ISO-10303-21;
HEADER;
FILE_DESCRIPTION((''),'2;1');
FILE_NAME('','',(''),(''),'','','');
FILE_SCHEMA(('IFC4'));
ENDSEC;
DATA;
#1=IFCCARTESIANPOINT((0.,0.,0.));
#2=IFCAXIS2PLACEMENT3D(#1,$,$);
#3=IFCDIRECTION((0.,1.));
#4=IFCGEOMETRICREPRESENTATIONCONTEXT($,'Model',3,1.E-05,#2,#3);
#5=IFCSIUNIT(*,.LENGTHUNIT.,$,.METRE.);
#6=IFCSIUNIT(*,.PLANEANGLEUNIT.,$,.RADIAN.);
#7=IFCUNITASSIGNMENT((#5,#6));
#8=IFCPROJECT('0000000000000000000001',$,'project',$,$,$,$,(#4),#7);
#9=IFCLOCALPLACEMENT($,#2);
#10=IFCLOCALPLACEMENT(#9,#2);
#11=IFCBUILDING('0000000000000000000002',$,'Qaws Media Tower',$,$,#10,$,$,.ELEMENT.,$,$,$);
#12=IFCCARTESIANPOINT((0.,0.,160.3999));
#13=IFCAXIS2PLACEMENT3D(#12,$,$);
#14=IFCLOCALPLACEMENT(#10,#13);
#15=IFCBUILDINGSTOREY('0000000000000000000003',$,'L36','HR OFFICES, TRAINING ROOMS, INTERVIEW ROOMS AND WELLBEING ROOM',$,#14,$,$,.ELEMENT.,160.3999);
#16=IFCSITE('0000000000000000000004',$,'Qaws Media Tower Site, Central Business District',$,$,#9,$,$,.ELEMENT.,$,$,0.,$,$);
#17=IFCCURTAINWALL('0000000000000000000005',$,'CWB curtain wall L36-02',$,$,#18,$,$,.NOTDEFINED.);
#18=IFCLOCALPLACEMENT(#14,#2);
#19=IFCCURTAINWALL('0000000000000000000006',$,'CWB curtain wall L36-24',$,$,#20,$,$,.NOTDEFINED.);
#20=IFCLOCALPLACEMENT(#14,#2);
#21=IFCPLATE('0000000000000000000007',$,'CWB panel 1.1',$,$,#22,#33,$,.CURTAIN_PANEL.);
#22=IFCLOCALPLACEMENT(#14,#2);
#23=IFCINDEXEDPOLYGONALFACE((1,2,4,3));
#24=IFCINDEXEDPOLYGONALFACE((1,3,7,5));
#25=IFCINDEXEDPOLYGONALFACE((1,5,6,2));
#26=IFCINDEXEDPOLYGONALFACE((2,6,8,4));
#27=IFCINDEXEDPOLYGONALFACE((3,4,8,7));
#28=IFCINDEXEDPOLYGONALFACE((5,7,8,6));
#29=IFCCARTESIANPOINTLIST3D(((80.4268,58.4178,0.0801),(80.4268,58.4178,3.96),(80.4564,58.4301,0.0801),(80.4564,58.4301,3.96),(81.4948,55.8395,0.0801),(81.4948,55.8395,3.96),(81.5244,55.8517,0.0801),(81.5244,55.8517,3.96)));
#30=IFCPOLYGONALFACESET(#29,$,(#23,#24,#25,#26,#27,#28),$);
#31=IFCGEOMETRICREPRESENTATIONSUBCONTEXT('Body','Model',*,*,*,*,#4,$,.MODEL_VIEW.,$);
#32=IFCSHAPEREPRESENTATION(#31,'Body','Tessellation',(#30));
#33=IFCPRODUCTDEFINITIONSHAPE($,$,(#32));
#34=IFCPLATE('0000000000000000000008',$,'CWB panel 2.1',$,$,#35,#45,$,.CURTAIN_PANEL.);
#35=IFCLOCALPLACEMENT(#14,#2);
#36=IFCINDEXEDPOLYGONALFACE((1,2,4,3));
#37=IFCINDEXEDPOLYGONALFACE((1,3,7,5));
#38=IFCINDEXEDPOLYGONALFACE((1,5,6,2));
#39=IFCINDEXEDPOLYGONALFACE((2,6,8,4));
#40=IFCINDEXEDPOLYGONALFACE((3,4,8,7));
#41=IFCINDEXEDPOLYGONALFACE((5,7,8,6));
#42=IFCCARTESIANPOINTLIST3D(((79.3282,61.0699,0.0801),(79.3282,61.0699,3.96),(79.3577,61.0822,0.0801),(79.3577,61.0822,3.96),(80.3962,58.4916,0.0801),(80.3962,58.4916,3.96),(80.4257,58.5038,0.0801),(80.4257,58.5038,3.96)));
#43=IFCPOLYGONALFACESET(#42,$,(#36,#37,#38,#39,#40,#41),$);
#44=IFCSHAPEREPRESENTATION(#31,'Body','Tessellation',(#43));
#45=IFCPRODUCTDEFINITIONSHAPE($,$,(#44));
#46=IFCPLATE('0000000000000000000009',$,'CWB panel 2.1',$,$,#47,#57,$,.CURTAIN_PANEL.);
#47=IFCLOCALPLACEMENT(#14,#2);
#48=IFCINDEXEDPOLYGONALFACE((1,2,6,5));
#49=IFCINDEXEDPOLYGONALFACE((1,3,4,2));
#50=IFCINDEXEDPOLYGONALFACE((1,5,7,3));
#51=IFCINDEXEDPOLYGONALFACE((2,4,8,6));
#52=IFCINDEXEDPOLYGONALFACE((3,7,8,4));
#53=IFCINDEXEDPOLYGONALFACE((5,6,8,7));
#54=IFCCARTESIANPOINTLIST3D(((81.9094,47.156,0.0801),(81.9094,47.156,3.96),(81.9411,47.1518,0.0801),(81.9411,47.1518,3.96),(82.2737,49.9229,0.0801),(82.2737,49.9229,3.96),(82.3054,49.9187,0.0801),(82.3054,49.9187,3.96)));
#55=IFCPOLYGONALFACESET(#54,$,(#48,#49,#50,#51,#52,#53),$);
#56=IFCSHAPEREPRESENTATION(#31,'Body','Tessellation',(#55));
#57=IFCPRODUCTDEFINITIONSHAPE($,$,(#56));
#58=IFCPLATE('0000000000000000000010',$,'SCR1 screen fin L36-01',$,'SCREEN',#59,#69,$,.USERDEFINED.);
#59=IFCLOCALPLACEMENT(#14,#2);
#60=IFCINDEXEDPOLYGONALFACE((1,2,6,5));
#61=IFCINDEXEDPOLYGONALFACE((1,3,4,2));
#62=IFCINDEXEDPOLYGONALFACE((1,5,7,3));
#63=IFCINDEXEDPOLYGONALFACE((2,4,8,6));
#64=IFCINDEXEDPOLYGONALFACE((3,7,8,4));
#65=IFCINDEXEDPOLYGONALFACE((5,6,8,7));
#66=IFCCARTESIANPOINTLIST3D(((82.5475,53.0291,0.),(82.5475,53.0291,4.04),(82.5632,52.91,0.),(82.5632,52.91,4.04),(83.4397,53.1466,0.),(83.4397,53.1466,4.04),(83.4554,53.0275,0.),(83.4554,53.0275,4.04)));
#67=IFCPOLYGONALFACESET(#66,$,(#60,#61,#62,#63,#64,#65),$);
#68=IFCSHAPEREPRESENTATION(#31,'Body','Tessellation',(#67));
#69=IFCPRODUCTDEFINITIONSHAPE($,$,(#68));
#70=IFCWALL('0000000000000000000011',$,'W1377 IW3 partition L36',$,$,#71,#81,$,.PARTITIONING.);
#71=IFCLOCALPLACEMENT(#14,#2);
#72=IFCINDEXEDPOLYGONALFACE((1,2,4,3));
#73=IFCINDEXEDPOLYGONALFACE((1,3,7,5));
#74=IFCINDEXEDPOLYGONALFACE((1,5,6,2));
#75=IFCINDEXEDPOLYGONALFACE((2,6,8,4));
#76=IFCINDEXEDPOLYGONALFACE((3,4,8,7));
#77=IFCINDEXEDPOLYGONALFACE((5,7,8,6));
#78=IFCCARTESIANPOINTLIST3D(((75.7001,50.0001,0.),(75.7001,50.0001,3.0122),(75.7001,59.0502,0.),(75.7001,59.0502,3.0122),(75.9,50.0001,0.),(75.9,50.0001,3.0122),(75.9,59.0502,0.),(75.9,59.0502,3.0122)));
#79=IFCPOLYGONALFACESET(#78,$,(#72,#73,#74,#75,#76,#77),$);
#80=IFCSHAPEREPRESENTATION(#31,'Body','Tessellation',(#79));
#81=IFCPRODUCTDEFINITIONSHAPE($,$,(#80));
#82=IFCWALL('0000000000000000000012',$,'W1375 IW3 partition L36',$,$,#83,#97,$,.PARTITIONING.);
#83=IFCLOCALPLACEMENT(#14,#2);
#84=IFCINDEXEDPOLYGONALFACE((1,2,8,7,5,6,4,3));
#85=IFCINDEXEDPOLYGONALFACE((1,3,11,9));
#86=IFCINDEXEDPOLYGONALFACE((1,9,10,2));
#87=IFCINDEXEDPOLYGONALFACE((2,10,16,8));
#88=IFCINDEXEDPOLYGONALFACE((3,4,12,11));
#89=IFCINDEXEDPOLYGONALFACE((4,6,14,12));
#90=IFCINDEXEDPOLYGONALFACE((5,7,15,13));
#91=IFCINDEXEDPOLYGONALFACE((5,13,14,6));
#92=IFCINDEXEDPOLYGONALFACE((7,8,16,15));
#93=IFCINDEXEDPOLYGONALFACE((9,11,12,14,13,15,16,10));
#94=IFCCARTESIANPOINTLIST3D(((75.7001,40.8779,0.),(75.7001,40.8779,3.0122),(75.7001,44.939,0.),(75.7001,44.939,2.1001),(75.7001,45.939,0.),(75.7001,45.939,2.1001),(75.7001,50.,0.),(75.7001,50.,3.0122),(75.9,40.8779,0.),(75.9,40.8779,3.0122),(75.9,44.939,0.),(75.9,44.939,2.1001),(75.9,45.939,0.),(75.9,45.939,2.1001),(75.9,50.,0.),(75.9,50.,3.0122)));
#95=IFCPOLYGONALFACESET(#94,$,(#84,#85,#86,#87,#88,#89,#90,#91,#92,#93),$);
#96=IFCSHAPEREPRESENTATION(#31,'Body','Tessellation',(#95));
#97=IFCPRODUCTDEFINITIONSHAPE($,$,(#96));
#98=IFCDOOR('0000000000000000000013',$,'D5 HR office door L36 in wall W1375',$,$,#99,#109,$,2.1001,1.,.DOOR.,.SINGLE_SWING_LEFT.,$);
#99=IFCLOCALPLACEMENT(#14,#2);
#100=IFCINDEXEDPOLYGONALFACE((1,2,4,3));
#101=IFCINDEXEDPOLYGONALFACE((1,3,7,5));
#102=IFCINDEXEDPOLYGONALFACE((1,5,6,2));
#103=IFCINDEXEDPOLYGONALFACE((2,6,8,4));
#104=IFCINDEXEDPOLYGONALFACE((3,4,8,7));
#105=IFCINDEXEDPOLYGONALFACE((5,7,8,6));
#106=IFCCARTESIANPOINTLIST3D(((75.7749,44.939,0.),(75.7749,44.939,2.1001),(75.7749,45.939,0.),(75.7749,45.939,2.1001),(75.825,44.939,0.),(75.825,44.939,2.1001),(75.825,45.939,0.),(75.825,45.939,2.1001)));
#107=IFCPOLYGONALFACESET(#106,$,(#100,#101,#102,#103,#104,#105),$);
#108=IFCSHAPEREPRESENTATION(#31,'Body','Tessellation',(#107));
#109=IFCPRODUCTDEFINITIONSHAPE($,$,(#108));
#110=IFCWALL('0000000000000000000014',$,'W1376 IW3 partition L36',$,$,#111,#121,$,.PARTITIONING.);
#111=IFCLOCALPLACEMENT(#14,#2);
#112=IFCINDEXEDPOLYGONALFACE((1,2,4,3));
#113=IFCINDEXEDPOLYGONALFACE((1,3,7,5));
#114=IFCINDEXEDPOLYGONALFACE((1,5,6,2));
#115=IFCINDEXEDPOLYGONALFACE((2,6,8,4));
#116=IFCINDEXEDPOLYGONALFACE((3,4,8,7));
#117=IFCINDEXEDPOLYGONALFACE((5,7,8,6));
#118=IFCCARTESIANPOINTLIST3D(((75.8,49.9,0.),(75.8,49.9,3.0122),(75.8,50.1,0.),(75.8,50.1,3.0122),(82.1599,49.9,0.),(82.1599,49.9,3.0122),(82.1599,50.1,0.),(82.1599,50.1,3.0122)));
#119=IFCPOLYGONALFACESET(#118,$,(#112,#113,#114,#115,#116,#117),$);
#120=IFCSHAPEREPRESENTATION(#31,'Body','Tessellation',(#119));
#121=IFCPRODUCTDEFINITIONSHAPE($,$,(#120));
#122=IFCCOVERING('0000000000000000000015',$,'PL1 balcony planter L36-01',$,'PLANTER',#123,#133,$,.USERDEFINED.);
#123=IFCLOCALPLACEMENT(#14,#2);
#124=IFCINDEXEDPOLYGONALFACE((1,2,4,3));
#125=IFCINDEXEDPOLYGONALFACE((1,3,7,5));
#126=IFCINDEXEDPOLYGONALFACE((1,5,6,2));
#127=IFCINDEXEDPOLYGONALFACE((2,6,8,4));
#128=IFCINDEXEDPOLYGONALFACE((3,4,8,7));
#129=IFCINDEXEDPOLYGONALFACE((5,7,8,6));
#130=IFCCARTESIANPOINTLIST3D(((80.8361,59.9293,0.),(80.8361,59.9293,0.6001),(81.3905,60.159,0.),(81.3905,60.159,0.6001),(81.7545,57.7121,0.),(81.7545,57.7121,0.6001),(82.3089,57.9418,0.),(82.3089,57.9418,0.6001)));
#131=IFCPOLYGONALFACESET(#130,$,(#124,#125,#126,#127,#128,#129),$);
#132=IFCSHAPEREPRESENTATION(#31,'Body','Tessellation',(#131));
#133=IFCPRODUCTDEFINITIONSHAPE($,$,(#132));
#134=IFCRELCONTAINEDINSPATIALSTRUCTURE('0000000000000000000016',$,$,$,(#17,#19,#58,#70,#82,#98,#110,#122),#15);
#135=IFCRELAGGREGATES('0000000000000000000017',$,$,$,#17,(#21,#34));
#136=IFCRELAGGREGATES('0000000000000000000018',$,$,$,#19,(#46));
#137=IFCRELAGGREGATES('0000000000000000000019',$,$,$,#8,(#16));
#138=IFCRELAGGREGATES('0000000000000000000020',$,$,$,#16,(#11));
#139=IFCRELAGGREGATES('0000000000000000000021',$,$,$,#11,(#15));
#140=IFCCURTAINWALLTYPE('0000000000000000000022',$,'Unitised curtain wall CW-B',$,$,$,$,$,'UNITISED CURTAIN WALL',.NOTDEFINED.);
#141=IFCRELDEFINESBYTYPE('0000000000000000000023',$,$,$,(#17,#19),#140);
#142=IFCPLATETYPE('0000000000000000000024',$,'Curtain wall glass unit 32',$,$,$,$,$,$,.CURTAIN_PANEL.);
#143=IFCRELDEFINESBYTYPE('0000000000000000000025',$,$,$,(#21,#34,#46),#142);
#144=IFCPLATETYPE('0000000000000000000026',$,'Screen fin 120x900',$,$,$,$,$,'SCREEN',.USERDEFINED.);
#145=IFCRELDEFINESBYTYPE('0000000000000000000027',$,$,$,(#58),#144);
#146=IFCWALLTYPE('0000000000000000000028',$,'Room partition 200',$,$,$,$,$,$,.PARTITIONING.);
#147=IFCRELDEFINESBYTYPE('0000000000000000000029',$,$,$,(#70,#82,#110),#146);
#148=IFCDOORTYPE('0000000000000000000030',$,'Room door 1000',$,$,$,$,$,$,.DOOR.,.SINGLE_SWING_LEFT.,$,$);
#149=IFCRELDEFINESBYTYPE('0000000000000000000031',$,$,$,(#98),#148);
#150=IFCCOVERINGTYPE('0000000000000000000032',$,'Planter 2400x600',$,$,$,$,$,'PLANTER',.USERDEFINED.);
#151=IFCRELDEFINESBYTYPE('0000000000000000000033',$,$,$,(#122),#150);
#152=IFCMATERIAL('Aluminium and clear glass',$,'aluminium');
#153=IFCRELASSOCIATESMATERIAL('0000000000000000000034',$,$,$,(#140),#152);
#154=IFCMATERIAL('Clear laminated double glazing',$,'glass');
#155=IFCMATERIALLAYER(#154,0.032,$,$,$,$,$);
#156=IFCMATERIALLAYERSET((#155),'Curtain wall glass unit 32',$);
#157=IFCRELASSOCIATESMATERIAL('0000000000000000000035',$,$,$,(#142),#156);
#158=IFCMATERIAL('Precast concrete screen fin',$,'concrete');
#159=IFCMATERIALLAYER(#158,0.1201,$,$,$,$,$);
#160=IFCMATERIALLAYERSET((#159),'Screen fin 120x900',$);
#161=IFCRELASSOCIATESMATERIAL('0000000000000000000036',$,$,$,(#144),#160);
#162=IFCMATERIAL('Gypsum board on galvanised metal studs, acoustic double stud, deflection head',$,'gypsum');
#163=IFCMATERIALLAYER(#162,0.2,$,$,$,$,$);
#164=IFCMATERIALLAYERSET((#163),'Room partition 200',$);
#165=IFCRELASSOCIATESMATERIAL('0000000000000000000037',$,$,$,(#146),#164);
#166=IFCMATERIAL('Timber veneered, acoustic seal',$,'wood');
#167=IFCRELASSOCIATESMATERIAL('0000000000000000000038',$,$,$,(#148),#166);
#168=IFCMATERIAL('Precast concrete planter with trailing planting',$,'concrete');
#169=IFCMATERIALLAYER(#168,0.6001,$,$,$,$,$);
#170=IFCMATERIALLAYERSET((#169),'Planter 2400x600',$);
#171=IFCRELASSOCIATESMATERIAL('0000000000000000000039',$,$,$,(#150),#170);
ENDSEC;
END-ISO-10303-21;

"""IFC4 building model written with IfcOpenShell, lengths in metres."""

from ifc_helpers import new_model, si_unit, direction, frame, frame_2d, origin, origin_2d, place, context, subcontext, project, spatial, rectangle, extrude, material, layer, layer_set, type_object, element, fill, aggregate, save


model = new_model("IFC4")

# Units and contexts
model_context = context("Model", 3, precision=1e-05, world=origin(), true_north=direction((0.0, 1.0)))
body_context = subcontext(model_context, "Body", "Model", "MODEL_VIEW")
ifc_project = project(units=[si_unit("LENGTHUNIT", "METRE"), si_unit("PLANEANGLEUNIT", "RADIAN")], contexts=[model_context])

# Site, building, storey
site_placement = place(None, origin())
site = spatial("IfcSite", under=ifc_project, at=site_placement, Name="Qaws Media Tower Site, Central Business District", CompositionType="ELEMENT", RefElevation=0.0)
building_placement = place(site_placement, origin())
building = spatial("IfcBuilding", under=site, at=building_placement, Name="Qaws Media Tower", CompositionType="ELEMENT")
storey_placement = place(building_placement, frame((0.0, 0.0, 160.3999)))
storey = spatial("IfcBuildingStorey", under=building, at=storey_placement, Name="L36", Description="HR OFFICES, TRAINING ROOMS, INTERVIEW ROOMS AND WELLBEING ROOM", CompositionType="ELEMENT", Elevation=160.3999)

# Curtain wall
ifc_material_1 = material(Name="Aluminium and clear glass", Category="aluminium")
curtain_wall_type = type_object("IfcCurtainWallType", Name="Unitised curtain wall CW-B", ElementType="UNITISED CURTAIN WALL", PredefinedType="NOTDEFINED", material=ifc_material_1)
curtain_wall_1_placement = place(storey_placement, origin())
curtain_wall_1 = element("IfcCurtainWall", 1, at=curtain_wall_1_placement, inside=storey, type_object=curtain_wall_type, Name="CWB curtain wall L36-02", PredefinedType="NOTDEFINED")

# Curtain wall
curtain_wall_2_placement = place(storey_placement, origin())
curtain_wall_2 = element("IfcCurtainWall", 2, at=curtain_wall_2_placement, inside=storey, type_object=curtain_wall_type, Name="CWB curtain wall L36-24", PredefinedType="NOTDEFINED")

# Plates
ifc_material_2 = material(Name="Clear laminated double glazing", Category="glass")
ifc_layer_1 = layer(ifc_material_2, 0.032)
ifc_layer_set_1 = layer_set([ifc_layer_1], Name="Curtain wall glass unit 32")
plate_type_1 = type_object("IfcPlateType", Name="Curtain wall glass unit 32", PredefinedType="CURTAIN_PANEL", material=ifc_layer_set_1)
plate_1_placement = place(storey_placement, frame((80.9756, 57.1348, 0.0801), z_axis=(0.0, 0.0, 1.0), x_axis=(-0.382683, 0.92388, 0.0)))
plate_1 = element("IfcPlate", 3, at=plate_1_placement, type_object=plate_type_1, Name="CWB panel 1.1", PredefinedType="CURTAIN_PANEL", context=body_context, shape_type="SweptSolid", body=[
    extrude(rectangle(XDim=2.7908, YDim=0.032, at=origin_2d()), origin(), (0.0, 0.0, 1.0), 3.8799),
])
plate_2_placement = place(storey_placement, frame((79.877, 59.7869, 0.0801), z_axis=(0.0, 0.0, 1.0), x_axis=(-0.382683, 0.92388, 0.0)))
plate_2 = element("IfcPlate", 4, at=plate_2_placement, type_object=plate_type_1, Name="CWB panel 2.1", PredefinedType="CURTAIN_PANEL", context=body_context, shape_type="SweptSolid", body=[
    extrude(rectangle(XDim=2.7908, YDim=0.032, at=origin_2d()), origin(), (0.0, 0.0, 1.0), 3.8799),
])
aggregate(curtain_wall_1, [plate_1, plate_2])
plate_3_placement = place(storey_placement, frame((82.1074, 48.5374, 0.0801), z_axis=(0.0, 0.0, 1.0), x_axis=(0.130526, 0.991445, 0.0)))
plate_3 = element("IfcPlate", 5, at=plate_3_placement, type_object=plate_type_1, Name="CWB panel 2.1", PredefinedType="CURTAIN_PANEL", context=body_context, shape_type="SweptSolid", body=[
    extrude(rectangle(XDim=2.7908, YDim=0.032, at=origin_2d()), origin(), (0.0, 0.0, 1.0), 3.8799),
])
aggregate(curtain_wall_2, [plate_3])
ifc_material_3 = material(Name="Precast concrete screen fin", Category="concrete")
ifc_layer_2 = layer(ifc_material_3, 0.1201)
ifc_layer_set_2 = layer_set([ifc_layer_2], Name="Screen fin 120x900")
plate_type_2 = type_object("IfcPlateType", Name="Screen fin 120x900", ElementType="SCREEN", PredefinedType="USERDEFINED", material=ifc_layer_set_2)
plate_4_placement = place(storey_placement, frame((83.0015, 53.0283, 0.0), z_axis=(0.0, 0.0, 1.0), x_axis=(0.991445, 0.130526, 0.0)))
element("IfcPlate", 6, at=plate_4_placement, inside=storey, type_object=plate_type_2, Name="SCR1 screen fin L36-01", ObjectType="SCREEN", PredefinedType="USERDEFINED", context=body_context, shape_type="SweptSolid", body=[
    extrude(rectangle(XDim=0.8999, YDim=0.1201, at=origin_2d()), origin(), (0.0, 0.0, 1.0), 4.04),
])

# Wall
ifc_material_4 = material(Name="Gypsum board on galvanised metal studs, acoustic double stud, deflection head", Category="gypsum")
ifc_layer_3 = layer(ifc_material_4, 0.2)
ifc_layer_set_3 = layer_set([ifc_layer_3], Name="Room partition 200")
wall_type_1 = type_object("IfcWallType", Name="Room partition 200", PredefinedType="PARTITIONING", material=ifc_layer_set_3)
wall_1_placement = place(storey_placement, frame((75.8, 59.05, 0.0), z_axis=(0.0, 0.0, 1.0), x_axis=(0.0, -1.0, 0.0)))
element("IfcWall", 7, at=wall_1_placement, inside=storey, type_object=wall_type_1, Name="W1377 IW3 partition L36", PredefinedType="PARTITIONING", context=body_context, shape_type="SweptSolid", body=[
    extrude(rectangle(XDim=9.05, YDim=0.2, at=frame_2d((4.5249, 0.0))), origin(), (0.0, 0.0, 1.0), 3.0122),
])

# Wall, opening, door
wall_2_placement = place(storey_placement, frame((75.8, 50.0, 0.0), z_axis=(0.0, 0.0, 1.0), x_axis=(0.0, -1.0, 0.0)))
wall_2 = element("IfcWall", 8, at=wall_2_placement, inside=storey, type_object=wall_type_1, Name="W1375 IW3 partition L36", PredefinedType="PARTITIONING", context=body_context, shape_type="SweptSolid", body=[
    extrude(rectangle(XDim=9.1221, YDim=0.2, at=frame_2d((4.561, 0.0))), origin(), (0.0, 0.0, 1.0), 3.0122),
])
opening_1_placement = place(wall_2_placement, frame((4.061, 0.0, 0.0)))
opening_1 = element("IfcOpeningElement", 9, at=opening_1_placement, cuts=wall_2, PredefinedType="OPENING", context=body_context, shape_type="SweptSolid", body=[
    extrude(rectangle(XDim=1.0, YDim=2.1001, at=frame_2d((0.5, 1.05))), frame((0.0, 0.1099, 0.0), z_axis=(0.0, -1.0, 0.0), x_axis=(1.0, 0.0, 0.0)), (0.0, 0.0, 1.0), 0.22),
])
ifc_material_5 = material(Name="Timber veneered, acoustic seal", Category="wood")
door_type_1 = type_object("IfcDoorType", Name="Room door 1000", OperationType="SINGLE_SWING_LEFT", PredefinedType="DOOR", material=ifc_material_5)
door_1_placement = place(opening_1_placement, origin())
door_1 = element("IfcDoor", 10, at=door_1_placement, inside=storey, type_object=door_type_1, Name="D5 HR office door L36 in wall W1375", OperationType="SINGLE_SWING_LEFT", OverallHeight=2.1001, OverallWidth=1.0, PredefinedType="DOOR", context=body_context, shape_type="SweptSolid", body=[
    extrude(rectangle(XDim=1.0, YDim=2.1001, at=frame_2d((0.5, 1.05))), frame((0.0, 0.0249, 0.0), z_axis=(0.0, -1.0, 0.0), x_axis=(1.0, 0.0, 0.0)), (0.0, 0.0, 1.0), 0.05),
])
fill(opening_1, door_1)

# Wall
wall_3_placement = place(storey_placement, frame((75.8, 50.0, 0.0), z_axis=(0.0, 0.0, 1.0), x_axis=(1.0, 0.0, 0.0)))
element("IfcWall", 11, at=wall_3_placement, inside=storey, type_object=wall_type_1, Name="W1376 IW3 partition L36", PredefinedType="PARTITIONING", context=body_context, shape_type="SweptSolid", body=[
    extrude(rectangle(XDim=6.3599, YDim=0.2, at=frame_2d((3.1799, 0.0))), origin(), (0.0, 0.0, 1.0), 3.0122),
])

# Covering
ifc_material_6 = material(Name="Precast concrete planter with trailing planting", Category="concrete")
ifc_layer_4 = layer(ifc_material_6, 0.6001)
ifc_layer_set_4 = layer_set([ifc_layer_4], Name="Planter 2400x600")
covering_type = type_object("IfcCoveringType", Name="Planter 2400x600", ElementType="PLANTER", PredefinedType="USERDEFINED", material=ifc_layer_set_4)
covering_placement = place(storey_placement, frame((81.5725, 58.9355, 0.0), z_axis=(0.0, 0.0, 1.0), x_axis=(-0.382683, 0.92388, 0.0)))
element("IfcCovering", 12, at=covering_placement, inside=storey, type_object=covering_type, Name="PL1 balcony planter L36-01", ObjectType="PLANTER", PredefinedType="USERDEFINED", context=body_context, shape_type="SweptSolid", body=[
    extrude(rectangle(XDim=2.3999, YDim=0.6001, at=origin_2d()), origin(), (0.0, 0.0, 1.0), 0.6001),
])

save(model, "model.ifc")
